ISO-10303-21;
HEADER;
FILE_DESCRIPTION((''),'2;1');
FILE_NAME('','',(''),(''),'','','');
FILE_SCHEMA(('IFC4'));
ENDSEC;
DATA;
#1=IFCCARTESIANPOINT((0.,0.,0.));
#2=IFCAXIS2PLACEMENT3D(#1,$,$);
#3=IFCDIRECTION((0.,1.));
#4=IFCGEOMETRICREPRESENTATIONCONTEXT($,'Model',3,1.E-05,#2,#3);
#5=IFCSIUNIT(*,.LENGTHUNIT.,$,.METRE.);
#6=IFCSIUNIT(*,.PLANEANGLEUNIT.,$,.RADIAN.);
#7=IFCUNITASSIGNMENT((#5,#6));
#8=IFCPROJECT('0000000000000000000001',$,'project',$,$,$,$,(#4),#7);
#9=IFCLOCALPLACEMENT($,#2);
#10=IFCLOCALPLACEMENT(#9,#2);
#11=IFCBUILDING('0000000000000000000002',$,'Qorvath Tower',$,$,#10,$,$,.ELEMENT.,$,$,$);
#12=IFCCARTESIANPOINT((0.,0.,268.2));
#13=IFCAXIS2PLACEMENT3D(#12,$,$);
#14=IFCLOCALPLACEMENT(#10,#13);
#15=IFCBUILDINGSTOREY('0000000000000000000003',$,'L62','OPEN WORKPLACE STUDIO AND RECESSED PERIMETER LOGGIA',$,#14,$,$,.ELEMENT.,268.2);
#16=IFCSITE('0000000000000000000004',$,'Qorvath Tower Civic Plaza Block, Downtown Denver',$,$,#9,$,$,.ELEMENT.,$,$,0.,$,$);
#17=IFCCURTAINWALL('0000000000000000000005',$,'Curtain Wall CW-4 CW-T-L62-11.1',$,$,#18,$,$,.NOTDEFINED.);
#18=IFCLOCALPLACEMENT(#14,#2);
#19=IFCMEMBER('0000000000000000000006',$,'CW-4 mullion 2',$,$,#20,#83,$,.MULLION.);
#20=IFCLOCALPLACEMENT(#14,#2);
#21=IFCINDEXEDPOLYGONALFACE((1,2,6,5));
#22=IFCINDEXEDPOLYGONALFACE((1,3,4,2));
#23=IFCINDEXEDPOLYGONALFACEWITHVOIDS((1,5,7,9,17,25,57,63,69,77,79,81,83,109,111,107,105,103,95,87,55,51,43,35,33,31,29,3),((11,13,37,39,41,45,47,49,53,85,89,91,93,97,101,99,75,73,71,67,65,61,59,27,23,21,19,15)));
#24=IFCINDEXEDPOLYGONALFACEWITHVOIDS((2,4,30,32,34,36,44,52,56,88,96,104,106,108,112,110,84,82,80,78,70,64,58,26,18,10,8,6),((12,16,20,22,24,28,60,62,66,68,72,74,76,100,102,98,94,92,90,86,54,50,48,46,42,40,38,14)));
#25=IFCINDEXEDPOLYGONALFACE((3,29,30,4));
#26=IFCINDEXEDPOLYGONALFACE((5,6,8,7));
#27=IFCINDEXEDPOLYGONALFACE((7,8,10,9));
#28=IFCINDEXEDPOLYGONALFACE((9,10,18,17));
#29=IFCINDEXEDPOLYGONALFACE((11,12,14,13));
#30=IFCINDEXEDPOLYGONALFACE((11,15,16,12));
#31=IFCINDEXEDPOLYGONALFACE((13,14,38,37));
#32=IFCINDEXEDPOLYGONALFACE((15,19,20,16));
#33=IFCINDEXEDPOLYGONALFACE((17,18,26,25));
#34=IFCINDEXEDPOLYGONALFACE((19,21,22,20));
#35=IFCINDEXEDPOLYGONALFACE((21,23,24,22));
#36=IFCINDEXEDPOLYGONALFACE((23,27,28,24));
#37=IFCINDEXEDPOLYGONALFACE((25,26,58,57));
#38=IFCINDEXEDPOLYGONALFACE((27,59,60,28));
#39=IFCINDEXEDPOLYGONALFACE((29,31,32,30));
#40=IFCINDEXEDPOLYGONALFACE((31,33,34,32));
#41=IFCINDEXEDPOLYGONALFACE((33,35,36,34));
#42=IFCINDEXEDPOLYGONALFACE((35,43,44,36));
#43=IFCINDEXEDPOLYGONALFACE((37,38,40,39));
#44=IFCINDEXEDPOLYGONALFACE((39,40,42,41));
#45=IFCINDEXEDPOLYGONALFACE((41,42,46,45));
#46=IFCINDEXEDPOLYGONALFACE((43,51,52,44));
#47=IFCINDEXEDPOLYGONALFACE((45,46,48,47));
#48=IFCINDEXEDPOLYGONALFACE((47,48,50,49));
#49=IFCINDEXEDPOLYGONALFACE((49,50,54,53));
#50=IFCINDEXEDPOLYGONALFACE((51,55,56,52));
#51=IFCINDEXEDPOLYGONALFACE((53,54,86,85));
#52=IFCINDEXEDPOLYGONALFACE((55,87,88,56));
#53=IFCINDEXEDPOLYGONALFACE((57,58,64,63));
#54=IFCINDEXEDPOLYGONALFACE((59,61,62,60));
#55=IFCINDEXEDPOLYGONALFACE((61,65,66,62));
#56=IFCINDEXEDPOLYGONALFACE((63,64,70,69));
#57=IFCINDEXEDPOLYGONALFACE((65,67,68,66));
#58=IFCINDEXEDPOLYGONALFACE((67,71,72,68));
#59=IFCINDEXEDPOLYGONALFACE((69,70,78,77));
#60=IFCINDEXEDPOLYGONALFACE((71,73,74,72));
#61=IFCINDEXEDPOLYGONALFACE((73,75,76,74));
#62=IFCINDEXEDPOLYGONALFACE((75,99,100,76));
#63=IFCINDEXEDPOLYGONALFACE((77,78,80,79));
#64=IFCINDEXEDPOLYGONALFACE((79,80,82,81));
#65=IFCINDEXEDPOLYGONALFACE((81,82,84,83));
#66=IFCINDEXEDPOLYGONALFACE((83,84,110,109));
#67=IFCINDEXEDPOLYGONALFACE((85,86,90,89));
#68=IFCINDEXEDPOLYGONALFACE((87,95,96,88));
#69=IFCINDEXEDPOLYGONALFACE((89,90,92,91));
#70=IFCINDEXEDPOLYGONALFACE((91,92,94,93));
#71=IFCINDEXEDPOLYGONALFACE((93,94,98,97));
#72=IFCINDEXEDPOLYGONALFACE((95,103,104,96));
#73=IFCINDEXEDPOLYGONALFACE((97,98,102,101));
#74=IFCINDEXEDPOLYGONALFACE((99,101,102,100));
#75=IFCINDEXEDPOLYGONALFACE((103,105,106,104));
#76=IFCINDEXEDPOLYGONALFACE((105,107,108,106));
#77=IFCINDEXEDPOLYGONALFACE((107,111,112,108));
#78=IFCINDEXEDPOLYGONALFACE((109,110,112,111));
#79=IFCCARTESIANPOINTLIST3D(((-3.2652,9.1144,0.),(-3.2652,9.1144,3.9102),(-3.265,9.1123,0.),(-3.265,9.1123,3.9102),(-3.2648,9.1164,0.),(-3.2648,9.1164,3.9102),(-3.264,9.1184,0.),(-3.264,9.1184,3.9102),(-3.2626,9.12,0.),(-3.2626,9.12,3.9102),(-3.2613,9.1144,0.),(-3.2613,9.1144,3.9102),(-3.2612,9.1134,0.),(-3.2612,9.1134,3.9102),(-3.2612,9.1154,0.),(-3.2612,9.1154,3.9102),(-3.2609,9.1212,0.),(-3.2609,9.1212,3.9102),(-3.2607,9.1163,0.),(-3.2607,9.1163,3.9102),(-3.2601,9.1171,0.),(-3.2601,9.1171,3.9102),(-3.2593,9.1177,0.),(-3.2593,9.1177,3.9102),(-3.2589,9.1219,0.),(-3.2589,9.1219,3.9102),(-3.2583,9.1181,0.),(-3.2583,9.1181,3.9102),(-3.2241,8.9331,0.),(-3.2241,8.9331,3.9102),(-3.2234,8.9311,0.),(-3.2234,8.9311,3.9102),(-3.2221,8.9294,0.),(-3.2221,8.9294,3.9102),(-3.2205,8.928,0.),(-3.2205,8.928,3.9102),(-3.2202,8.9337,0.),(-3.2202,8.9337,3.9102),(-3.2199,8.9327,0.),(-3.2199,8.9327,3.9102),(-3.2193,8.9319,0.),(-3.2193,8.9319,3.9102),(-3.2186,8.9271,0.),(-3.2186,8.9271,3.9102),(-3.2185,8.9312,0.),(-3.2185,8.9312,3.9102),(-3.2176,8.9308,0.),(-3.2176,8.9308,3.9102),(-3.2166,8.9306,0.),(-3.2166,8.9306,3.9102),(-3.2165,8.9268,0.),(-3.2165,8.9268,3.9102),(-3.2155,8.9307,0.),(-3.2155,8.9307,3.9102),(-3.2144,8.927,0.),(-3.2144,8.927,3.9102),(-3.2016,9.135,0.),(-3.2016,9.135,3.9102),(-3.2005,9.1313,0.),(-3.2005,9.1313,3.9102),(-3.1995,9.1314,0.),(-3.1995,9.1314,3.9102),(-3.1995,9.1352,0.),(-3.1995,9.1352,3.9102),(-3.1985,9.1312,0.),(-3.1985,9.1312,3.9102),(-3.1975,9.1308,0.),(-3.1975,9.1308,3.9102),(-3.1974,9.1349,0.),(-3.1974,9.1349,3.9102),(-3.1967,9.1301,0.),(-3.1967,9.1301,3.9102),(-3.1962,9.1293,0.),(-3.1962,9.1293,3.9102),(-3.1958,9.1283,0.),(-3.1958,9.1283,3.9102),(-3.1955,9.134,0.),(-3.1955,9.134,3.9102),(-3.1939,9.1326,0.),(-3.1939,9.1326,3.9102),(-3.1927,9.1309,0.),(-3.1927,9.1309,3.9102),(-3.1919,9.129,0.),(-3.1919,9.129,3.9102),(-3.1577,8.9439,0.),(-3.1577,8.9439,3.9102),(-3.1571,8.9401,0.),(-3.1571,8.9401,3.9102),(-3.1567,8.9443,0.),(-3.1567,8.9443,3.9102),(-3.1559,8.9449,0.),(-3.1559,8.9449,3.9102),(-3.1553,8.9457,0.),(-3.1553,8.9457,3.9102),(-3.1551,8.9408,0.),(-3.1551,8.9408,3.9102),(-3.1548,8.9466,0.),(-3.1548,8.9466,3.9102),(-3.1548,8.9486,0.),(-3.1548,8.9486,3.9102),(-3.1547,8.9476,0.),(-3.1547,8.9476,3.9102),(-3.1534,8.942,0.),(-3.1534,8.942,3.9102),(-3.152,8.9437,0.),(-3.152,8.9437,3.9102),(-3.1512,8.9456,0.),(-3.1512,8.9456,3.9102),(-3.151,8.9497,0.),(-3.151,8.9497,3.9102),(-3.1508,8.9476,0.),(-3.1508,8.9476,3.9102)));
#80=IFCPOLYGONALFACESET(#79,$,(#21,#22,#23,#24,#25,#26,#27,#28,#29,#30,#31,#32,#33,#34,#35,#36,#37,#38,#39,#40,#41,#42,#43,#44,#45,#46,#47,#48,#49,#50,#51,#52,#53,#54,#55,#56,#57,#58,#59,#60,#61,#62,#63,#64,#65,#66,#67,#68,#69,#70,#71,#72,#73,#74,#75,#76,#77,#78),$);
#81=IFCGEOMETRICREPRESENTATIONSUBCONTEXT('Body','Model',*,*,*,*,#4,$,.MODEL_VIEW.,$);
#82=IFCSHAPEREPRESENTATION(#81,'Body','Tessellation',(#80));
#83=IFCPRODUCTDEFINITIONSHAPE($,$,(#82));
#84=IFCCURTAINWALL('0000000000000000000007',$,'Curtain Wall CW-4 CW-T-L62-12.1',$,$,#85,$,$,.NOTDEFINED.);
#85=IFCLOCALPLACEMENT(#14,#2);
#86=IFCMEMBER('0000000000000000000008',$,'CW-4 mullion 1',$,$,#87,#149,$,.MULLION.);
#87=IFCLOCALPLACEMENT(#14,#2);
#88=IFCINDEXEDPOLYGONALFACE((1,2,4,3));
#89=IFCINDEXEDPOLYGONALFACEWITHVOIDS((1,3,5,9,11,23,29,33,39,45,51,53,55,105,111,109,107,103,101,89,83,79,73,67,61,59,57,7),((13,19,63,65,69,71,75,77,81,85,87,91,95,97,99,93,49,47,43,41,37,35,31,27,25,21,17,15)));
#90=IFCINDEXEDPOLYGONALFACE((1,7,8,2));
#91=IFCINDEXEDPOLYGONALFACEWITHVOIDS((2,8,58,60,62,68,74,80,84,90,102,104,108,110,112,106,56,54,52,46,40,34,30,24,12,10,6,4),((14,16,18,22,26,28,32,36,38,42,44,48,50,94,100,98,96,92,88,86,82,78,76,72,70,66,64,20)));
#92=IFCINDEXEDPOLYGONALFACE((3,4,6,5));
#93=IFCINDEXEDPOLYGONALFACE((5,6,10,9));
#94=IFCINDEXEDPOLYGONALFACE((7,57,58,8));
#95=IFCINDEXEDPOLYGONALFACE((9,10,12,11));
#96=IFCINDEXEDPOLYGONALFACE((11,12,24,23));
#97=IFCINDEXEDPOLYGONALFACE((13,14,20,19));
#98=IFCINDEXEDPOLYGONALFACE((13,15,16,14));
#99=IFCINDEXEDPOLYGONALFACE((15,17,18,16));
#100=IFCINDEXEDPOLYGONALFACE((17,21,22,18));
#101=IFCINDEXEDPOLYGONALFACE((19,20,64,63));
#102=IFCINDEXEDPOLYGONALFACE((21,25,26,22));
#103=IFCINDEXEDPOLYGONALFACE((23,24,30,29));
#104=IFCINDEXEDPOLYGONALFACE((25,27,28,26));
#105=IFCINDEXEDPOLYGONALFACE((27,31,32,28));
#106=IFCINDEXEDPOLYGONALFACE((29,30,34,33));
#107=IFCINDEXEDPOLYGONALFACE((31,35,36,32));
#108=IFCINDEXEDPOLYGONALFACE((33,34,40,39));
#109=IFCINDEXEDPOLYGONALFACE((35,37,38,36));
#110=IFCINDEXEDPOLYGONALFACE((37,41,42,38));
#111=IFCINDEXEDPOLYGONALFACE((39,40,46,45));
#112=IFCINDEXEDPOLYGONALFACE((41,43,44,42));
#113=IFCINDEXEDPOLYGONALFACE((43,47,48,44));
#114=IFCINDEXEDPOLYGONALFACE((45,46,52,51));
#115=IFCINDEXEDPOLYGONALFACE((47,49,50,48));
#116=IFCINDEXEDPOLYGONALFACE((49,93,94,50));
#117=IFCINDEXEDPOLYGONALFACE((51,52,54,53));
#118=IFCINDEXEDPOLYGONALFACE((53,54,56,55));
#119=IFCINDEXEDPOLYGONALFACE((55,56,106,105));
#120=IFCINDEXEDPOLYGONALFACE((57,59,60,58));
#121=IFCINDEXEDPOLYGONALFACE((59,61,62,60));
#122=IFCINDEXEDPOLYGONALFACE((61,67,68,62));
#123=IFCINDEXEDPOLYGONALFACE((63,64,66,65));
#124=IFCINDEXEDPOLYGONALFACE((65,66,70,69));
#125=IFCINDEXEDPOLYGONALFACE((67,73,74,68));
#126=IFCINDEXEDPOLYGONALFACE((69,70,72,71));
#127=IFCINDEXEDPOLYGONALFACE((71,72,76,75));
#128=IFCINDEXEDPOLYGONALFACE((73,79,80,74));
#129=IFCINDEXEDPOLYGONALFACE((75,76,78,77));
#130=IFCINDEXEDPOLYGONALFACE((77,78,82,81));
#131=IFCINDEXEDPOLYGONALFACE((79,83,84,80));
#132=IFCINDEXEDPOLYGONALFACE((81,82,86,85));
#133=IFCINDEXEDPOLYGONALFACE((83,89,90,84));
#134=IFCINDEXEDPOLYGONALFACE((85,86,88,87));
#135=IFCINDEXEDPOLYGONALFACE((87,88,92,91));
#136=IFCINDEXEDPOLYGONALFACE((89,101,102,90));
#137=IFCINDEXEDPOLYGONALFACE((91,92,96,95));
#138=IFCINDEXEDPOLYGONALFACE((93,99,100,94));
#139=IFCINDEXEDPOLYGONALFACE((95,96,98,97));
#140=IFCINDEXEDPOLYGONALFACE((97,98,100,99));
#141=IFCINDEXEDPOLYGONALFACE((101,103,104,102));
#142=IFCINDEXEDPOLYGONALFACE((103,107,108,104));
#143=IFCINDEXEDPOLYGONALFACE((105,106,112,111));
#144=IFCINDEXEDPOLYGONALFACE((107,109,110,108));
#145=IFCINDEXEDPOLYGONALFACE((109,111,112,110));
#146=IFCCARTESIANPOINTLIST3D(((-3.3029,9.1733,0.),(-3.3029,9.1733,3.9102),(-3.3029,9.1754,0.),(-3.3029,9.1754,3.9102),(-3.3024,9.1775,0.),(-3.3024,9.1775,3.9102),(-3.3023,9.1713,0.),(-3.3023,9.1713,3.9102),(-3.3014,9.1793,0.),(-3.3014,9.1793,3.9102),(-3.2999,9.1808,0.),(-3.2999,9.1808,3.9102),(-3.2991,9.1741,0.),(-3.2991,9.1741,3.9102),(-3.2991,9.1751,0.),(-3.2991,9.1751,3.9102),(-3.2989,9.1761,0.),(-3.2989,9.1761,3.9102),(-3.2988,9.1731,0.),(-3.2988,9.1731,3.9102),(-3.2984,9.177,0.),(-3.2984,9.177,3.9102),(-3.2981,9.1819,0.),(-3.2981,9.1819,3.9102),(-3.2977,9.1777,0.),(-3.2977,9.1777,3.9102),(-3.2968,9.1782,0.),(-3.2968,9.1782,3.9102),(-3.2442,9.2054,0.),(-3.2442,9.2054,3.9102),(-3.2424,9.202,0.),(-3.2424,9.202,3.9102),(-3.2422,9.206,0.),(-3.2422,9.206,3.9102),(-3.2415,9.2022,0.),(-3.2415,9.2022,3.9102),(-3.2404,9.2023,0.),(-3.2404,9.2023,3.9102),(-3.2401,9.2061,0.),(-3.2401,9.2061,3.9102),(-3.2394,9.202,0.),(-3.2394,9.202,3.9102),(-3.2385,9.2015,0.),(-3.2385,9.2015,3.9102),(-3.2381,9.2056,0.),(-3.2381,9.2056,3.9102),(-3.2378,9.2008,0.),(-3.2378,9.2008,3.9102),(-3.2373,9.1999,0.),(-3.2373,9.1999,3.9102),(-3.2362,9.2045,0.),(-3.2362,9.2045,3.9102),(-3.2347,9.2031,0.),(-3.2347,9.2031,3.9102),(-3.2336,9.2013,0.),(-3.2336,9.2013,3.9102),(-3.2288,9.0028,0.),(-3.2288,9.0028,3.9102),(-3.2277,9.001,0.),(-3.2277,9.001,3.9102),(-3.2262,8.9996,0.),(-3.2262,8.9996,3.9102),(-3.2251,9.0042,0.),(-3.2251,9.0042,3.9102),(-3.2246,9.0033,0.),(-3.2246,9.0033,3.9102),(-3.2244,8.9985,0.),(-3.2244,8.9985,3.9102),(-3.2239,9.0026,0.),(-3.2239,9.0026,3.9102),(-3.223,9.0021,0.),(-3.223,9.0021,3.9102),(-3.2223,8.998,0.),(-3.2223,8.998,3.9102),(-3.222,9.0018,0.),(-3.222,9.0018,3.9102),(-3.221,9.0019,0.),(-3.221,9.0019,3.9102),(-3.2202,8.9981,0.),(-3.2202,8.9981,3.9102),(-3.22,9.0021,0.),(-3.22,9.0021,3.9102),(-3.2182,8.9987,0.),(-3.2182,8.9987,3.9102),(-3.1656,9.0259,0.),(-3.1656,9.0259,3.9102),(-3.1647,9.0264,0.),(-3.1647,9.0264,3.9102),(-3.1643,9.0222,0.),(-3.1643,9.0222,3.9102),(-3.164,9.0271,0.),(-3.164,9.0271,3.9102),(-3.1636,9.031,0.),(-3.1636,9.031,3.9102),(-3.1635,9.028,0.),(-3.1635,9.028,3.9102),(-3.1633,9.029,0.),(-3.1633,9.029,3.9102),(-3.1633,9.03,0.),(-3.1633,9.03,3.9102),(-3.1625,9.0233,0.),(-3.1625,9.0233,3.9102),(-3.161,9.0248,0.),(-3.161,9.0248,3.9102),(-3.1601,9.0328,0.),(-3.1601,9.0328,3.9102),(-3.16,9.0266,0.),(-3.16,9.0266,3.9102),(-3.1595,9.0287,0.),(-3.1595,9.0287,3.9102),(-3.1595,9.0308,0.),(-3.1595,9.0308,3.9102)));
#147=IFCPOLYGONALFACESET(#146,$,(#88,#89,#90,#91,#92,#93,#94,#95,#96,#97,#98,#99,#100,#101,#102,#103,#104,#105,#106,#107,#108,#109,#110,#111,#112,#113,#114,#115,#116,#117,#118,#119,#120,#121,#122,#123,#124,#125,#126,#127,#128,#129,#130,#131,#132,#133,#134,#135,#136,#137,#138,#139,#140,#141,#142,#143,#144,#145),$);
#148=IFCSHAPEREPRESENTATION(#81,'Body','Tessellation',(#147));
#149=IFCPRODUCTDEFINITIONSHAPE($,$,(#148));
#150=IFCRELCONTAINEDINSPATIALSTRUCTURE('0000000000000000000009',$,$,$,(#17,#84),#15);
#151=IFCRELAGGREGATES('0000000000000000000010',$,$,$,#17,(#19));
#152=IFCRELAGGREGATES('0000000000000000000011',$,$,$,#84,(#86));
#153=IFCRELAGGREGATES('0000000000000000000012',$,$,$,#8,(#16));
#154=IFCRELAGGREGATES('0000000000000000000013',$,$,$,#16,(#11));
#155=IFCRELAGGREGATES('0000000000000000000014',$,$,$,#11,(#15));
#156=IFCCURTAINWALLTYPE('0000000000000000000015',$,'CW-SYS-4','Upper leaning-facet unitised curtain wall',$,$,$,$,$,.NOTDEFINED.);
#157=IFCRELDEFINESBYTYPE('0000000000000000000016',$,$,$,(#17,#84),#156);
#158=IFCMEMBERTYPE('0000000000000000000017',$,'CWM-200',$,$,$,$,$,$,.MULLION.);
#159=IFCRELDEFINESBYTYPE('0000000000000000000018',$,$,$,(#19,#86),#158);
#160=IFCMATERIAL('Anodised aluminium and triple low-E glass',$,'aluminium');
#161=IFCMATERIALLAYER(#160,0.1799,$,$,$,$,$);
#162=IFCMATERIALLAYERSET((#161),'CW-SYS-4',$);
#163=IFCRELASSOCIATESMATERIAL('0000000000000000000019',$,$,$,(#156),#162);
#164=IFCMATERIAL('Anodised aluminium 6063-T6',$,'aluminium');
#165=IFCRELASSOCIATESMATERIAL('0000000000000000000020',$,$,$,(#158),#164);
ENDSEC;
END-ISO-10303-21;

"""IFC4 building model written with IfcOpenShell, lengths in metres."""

from ifc_helpers import new_model, si_unit, direction, frame, origin, origin_2d, place, context, subcontext, project, spatial, hollow_rectangle, extrude, material, layer, layer_set, material_profile, profile_set, type_object, element, aggregate, save


model = new_model("IFC4")

# Units and contexts
model_context = context("Model", 3, precision=1e-05, world=origin(), true_north=direction((0.0, 1.0)))
body_context = subcontext(model_context, "Body", "Model", "MODEL_VIEW")
ifc_project = project(units=[si_unit("LENGTHUNIT", "METRE"), si_unit("PLANEANGLEUNIT", "RADIAN")], contexts=[model_context])

# Site, building, storey
site_placement = place(None, origin())
site = spatial("IfcSite", under=ifc_project, at=site_placement, Name="Qorvath Tower Civic Plaza Block, Downtown Denver", CompositionType="ELEMENT", RefElevation=0.0)
building_placement = place(site_placement, origin())
building = spatial("IfcBuilding", under=site, at=building_placement, Name="Qorvath Tower", CompositionType="ELEMENT")
storey_placement = place(building_placement, frame((0.0, 0.0, 268.2)))
storey = spatial("IfcBuildingStorey", under=building, at=storey_placement, Name="L62", Description="OPEN WORKPLACE STUDIO AND RECESSED PERIMETER LOGGIA", CompositionType="ELEMENT", Elevation=268.2)

# Curtain wall, member
ifc_material_1 = material(Name="Anodised aluminium and triple low-E glass", Category="aluminium")
ifc_layer_1 = layer(ifc_material_1, 0.1799)
ifc_layer_set_1 = layer_set([ifc_layer_1], Name="CW-SYS-4")
curtain_wall_type = type_object("IfcCurtainWallType", Name="CW-SYS-4", Description="Upper leaning-facet unitised curtain wall", PredefinedType="NOTDEFINED", material=ifc_layer_set_1)
curtain_wall_1_placement = place(storey_placement, origin())
curtain_wall_1 = element("IfcCurtainWall", 1, at=curtain_wall_1_placement, inside=storey, type_object=curtain_wall_type, Name="Curtain Wall CW-4 CW-T-L62-11.1", PredefinedType="NOTDEFINED")
ifc_material_2 = material(Name="Anodised aluminium 6063-T6", Category="aluminium")
ifc_material_profile_1 = material_profile(ifc_material_2, hollow_rectangle(XDim=0.075, YDim=0.2, WallThickness=0.0039, InnerFilletRadius=0.0039, OuterFilletRadius=0.0081, at=origin_2d()), Name="CWM 200x75")
ifc_profile_set_1 = profile_set([ifc_material_profile_1], Name="Anodised aluminium 6063-T6")
member_type_1 = type_object("IfcMemberType", Name="CWM-200", PredefinedType="MULLION", material=ifc_profile_set_1)
member_1_placement = place(storey_placement, frame((-3.208, 9.031, 0.0), z_axis=(0.0, 0.0, 1.0), x_axis=(-0.974912, -0.222592, 0.0)))
member_1 = element("IfcMember", 2, at=member_1_placement, type_object=member_type_1, Name="CW-4 mullion 2", PredefinedType="MULLION", context=body_context, shape_type="SweptSolid", body=[
    extrude(hollow_rectangle(XDim=0.075, YDim=0.2, WallThickness=0.0039, InnerFilletRadius=0.0039, OuterFilletRadius=0.0081, at=origin_2d()), origin(), (0.0, 0.0, 1.0), 3.9102),
])
aggregate(curtain_wall_1, [member_1])

# Curtain wall, member
curtain_wall_2_placement = place(storey_placement, origin())
curtain_wall_2 = element("IfcCurtainWall", 3, at=curtain_wall_2_placement, inside=storey, type_object=curtain_wall_type, Name="Curtain Wall CW-4 CW-T-L62-12.1", PredefinedType="NOTDEFINED")
member_2_placement = place(storey_placement, frame((-3.2312, 9.1021, 0.0), z_axis=(0.0, 0.0, 1.0), x_axis=(-0.916559, -0.3999, 0.0)))
member_2 = element("IfcMember", 4, at=member_2_placement, type_object=member_type_1, Name="CW-4 mullion 1", PredefinedType="MULLION", context=body_context, shape_type="SweptSolid", body=[
    extrude(hollow_rectangle(XDim=0.075, YDim=0.2, WallThickness=0.0039, InnerFilletRadius=0.0039, OuterFilletRadius=0.0081, at=origin_2d()), origin(), (0.0, 0.0, 1.0), 3.9102),
])

aggregate(curtain_wall_2, [member_2])

save(model, "model.ifc")
